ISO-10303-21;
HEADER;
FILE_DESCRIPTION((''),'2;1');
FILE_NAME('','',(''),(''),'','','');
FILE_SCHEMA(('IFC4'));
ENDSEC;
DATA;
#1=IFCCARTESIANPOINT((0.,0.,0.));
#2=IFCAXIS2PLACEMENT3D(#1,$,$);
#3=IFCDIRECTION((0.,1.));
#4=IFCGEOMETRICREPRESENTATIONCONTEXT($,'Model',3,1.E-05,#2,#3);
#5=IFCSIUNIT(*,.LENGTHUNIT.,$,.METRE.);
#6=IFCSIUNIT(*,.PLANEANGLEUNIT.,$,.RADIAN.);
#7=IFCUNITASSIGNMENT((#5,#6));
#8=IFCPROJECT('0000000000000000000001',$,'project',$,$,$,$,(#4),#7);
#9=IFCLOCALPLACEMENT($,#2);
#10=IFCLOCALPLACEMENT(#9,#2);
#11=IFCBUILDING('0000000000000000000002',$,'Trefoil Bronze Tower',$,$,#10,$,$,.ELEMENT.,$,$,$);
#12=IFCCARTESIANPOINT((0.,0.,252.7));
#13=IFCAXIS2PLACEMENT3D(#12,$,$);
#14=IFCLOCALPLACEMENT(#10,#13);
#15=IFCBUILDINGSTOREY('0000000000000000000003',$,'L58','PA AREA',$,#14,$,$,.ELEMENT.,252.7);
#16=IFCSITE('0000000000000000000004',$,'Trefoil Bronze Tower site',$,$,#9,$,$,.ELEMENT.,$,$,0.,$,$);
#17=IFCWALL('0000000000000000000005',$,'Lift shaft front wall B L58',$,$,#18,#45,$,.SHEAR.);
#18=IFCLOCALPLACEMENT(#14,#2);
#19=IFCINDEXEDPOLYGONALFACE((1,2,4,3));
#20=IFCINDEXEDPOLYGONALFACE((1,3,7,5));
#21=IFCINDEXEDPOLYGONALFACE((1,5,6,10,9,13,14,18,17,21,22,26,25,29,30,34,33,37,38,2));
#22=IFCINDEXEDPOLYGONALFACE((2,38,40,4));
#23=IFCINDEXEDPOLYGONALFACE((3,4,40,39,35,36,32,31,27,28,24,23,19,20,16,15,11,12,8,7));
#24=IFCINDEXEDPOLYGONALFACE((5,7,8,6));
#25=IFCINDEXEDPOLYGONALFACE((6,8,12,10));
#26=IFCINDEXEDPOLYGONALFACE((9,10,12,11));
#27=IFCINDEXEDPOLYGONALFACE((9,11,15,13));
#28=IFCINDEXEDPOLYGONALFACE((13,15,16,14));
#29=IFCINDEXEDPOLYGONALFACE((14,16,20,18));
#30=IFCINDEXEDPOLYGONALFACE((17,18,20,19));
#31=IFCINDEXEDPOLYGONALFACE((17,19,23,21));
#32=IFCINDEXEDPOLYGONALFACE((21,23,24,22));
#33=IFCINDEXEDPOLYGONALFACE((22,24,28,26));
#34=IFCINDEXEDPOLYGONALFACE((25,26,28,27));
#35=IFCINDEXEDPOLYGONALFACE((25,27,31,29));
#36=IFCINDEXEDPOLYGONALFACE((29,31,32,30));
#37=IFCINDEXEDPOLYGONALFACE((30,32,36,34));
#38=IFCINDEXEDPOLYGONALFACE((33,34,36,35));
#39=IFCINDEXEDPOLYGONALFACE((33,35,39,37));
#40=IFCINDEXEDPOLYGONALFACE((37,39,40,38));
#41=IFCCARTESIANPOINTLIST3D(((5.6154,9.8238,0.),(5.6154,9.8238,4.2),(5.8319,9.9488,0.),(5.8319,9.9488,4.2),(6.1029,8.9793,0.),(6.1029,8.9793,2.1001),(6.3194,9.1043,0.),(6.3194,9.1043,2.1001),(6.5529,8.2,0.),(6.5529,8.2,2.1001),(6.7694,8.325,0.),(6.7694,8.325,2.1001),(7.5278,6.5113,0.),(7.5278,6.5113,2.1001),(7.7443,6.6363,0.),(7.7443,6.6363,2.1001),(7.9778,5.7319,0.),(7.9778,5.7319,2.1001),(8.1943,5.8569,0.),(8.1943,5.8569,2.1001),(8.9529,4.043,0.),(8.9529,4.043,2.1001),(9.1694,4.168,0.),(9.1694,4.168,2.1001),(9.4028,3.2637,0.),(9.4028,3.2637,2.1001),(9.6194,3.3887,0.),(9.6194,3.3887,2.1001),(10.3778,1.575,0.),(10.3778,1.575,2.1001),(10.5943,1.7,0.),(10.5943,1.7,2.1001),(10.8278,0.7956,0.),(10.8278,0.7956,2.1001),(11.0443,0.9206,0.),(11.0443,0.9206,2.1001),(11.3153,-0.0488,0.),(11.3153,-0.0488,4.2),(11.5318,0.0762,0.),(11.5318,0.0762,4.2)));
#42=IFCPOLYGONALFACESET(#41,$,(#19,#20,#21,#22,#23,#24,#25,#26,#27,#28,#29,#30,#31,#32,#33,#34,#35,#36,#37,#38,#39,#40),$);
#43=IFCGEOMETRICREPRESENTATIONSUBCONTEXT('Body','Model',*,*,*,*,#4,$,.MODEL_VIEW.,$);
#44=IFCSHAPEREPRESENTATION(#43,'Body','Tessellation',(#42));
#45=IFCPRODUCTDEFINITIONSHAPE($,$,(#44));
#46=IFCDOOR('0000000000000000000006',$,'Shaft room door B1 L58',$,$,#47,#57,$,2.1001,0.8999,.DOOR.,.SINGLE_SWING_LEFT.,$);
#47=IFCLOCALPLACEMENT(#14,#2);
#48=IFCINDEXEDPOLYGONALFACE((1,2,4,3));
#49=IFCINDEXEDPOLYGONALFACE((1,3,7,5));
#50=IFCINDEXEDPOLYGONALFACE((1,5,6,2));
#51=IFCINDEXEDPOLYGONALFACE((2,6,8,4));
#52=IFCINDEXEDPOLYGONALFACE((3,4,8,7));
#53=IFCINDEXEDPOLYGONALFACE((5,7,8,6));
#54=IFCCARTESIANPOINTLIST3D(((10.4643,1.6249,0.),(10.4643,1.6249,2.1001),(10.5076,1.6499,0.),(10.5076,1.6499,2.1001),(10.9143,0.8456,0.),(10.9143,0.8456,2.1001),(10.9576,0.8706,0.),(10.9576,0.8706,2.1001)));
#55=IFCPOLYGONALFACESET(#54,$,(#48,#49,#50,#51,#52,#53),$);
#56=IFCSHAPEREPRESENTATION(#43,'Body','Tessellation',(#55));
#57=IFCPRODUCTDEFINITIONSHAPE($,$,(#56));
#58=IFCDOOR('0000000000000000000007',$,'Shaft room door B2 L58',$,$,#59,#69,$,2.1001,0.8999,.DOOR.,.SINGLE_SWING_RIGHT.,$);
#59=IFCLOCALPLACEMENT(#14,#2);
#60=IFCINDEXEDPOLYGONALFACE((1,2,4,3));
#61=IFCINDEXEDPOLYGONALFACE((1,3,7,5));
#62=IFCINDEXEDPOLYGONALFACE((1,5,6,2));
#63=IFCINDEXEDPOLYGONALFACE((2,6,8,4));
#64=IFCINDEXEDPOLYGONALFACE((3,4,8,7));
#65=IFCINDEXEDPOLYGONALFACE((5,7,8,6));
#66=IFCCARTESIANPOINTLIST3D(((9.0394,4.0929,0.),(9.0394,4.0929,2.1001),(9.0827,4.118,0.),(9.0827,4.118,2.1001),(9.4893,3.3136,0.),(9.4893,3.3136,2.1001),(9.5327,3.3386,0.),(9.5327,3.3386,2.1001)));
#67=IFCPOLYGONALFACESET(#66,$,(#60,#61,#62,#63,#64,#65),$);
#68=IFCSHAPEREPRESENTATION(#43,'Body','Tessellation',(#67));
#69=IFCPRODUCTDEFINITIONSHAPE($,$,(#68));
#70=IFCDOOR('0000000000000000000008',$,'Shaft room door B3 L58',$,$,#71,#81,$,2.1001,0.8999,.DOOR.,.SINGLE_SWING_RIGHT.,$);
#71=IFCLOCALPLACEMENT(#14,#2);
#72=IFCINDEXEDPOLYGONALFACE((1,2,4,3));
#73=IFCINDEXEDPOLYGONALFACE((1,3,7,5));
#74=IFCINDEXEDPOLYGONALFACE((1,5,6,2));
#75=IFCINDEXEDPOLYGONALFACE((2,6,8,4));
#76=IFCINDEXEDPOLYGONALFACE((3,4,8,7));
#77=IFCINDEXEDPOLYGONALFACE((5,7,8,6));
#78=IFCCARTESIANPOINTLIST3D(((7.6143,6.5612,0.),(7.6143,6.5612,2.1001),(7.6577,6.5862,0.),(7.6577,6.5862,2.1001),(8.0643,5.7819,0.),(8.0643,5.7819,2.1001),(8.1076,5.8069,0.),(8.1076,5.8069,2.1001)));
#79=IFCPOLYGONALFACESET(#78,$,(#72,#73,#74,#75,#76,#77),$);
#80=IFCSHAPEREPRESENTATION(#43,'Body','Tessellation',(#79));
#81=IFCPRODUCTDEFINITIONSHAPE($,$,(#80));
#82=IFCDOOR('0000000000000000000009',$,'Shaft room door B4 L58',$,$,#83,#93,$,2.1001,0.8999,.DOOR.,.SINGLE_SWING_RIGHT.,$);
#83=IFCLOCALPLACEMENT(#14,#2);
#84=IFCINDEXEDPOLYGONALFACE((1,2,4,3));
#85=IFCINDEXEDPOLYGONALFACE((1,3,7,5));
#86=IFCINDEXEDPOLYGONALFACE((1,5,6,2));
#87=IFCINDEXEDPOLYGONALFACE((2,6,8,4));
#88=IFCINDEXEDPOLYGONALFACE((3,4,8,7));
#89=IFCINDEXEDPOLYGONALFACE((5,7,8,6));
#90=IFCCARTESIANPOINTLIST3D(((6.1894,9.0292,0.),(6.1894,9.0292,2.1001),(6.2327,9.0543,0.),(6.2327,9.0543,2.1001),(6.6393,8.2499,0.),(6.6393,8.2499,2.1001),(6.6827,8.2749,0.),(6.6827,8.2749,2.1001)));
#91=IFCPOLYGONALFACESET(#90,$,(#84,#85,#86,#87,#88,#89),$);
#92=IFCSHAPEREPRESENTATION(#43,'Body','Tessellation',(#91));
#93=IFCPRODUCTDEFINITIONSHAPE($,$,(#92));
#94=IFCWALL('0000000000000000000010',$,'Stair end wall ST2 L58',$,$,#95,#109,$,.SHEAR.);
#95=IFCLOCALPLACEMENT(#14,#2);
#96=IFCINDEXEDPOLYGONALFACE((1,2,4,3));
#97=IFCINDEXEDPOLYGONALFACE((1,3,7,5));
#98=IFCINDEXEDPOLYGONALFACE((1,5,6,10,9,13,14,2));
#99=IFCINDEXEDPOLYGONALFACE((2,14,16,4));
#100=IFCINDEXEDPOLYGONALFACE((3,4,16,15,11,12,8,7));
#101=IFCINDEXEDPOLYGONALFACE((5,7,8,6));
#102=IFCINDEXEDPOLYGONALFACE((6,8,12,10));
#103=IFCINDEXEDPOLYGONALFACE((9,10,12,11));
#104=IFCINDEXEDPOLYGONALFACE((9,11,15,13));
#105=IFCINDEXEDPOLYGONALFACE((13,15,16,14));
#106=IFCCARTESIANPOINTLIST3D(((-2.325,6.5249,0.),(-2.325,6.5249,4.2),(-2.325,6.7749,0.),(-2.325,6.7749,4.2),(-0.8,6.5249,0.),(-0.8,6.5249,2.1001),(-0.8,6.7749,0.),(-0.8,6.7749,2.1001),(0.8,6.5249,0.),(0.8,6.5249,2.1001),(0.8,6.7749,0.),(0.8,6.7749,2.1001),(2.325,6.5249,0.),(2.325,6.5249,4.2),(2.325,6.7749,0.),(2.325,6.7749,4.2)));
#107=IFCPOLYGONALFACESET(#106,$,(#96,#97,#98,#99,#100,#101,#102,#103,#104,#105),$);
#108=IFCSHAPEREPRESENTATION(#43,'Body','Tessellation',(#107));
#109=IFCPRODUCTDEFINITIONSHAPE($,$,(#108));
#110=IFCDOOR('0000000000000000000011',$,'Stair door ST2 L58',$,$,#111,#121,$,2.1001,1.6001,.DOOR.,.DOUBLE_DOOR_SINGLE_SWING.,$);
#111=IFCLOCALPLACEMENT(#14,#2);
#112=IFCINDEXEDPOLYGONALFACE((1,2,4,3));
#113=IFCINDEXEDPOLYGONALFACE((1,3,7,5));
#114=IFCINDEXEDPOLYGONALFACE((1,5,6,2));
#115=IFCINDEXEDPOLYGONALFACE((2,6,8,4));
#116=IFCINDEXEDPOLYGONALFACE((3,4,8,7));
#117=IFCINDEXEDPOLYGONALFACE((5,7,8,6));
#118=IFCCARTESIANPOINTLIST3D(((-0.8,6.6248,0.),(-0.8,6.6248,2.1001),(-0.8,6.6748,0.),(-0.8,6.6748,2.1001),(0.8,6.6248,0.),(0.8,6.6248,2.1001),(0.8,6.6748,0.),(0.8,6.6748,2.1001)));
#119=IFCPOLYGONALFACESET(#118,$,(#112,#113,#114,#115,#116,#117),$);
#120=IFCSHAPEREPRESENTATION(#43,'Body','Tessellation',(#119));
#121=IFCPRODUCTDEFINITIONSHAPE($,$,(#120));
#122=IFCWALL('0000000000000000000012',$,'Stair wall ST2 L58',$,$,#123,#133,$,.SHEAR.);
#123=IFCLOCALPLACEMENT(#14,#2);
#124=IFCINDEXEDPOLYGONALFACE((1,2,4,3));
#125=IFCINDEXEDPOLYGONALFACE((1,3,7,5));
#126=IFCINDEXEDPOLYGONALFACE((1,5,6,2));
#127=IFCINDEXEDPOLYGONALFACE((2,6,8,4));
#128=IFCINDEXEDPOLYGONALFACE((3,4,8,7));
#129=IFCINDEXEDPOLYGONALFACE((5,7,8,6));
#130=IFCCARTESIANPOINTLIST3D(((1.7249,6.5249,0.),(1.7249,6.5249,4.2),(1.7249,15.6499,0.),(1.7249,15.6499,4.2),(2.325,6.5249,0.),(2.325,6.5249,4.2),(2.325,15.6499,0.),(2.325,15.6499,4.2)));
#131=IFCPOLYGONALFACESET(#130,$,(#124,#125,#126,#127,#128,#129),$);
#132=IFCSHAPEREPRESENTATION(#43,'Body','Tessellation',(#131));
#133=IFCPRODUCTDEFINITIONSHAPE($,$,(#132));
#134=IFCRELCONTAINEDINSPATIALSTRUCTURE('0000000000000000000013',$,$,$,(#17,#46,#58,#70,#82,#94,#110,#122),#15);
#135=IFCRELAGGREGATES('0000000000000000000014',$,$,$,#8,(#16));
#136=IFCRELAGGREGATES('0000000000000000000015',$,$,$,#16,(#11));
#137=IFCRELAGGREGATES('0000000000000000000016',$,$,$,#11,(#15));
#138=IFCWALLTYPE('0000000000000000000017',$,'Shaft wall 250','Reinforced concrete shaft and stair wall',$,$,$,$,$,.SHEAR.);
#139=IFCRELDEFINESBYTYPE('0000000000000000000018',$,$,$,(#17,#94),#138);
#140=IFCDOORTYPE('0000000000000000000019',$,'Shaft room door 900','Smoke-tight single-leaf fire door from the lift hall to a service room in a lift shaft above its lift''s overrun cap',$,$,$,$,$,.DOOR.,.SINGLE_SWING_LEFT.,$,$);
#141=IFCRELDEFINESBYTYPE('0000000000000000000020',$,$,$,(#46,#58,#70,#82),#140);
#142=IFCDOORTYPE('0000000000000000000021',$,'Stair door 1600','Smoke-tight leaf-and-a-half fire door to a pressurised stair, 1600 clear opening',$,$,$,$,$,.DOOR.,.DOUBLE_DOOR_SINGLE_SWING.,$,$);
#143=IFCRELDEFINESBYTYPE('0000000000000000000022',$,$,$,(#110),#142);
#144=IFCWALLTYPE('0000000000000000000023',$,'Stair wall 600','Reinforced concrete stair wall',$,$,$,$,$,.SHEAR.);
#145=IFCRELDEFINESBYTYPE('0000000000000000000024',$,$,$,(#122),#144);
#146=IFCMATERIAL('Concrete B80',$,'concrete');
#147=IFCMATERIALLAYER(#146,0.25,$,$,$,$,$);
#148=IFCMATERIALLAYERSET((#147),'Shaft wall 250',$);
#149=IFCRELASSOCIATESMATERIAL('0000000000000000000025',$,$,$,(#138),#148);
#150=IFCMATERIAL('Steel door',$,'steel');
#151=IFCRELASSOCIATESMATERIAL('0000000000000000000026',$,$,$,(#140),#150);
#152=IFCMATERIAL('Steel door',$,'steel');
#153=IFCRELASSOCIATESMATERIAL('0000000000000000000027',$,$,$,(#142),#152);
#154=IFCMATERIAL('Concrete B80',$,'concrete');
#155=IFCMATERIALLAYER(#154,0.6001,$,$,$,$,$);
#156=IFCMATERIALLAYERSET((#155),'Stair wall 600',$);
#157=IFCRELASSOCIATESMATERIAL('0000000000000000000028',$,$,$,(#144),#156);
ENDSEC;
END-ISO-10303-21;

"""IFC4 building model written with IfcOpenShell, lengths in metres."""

from ifc_helpers import new_model, si_unit, direction, frame, frame_2d, origin, place, context, subcontext, project, spatial, rectangle, extrude, material, layer, layer_set, type_object, element, fill, save


model = new_model("IFC4")

# Units and contexts
model_context = context("Model", 3, precision=1e-05, world=origin(), true_north=direction((0.0, 1.0)))
body_context = subcontext(model_context, "Body", "Model", "MODEL_VIEW")
ifc_project = project(units=[si_unit("LENGTHUNIT", "METRE"), si_unit("PLANEANGLEUNIT", "RADIAN")], contexts=[model_context])

# Site, building, storey
site_placement = place(None, origin())
site = spatial("IfcSite", under=ifc_project, at=site_placement, Name="Trefoil Bronze Tower site", CompositionType="ELEMENT", RefElevation=0.0)
building_placement = place(site_placement, origin())
building = spatial("IfcBuilding", under=site, at=building_placement, Name="Trefoil Bronze Tower", CompositionType="ELEMENT")
storey_placement = place(building_placement, frame((0.0, 0.0, 252.7)))
storey = spatial("IfcBuildingStorey", under=building, at=storey_placement, Name="L58", Description="PA AREA", CompositionType="ELEMENT", Elevation=252.7)

# Wall, openings, doors
ifc_material_1 = material(Name="Concrete B80", Category="concrete")
ifc_layer_1 = layer(ifc_material_1, 0.25)
ifc_layer_set_1 = layer_set([ifc_layer_1], Name="Shaft wall 250")
wall_type_1 = type_object("IfcWallType", Name="Shaft wall 250", Description="Reinforced concrete shaft and stair wall", PredefinedType="SHEAR", material=ifc_layer_set_1)
wall_1_placement = place(storey_placement, frame((11.4236, 0.0137, 0.0), z_axis=(0.0, 0.0, 1.0), x_axis=(-0.500002, 0.866024, 0.0)))
wall_1 = element("IfcWall", 1, at=wall_1_placement, inside=storey, type_object=wall_type_1, Name="Lift shaft front wall B L58", PredefinedType="SHEAR", context=body_context, shape_type="SweptSolid", body=[
    extrude(rectangle(XDim=11.3999, YDim=0.25, at=frame_2d((5.7, 0.0))), origin(), (0.0, 0.0, 1.0), 4.2),
])
opening_1_placement = place(wall_1_placement, frame((0.9751, 0.0, 0.0)))
opening_1 = element("IfcOpeningElement", 2, at=opening_1_placement, cuts=wall_1, PredefinedType="OPENING", context=body_context, shape_type="SweptSolid", body=[
    extrude(rectangle(XDim=0.8999, YDim=2.1001, at=frame_2d((0.45, 1.05))), frame((0.0, 0.135, 0.0), z_axis=(0.0, -1.0, 0.0), x_axis=(1.0, 0.0, 0.0)), (0.0, 0.0, 1.0), 0.27),
])
opening_2_placement = place(wall_1_placement, frame((3.825, 0.0, 0.0)))
opening_2 = element("IfcOpeningElement", 3, at=opening_2_placement, cuts=wall_1, PredefinedType="OPENING", context=body_context, shape_type="SweptSolid", body=[
    extrude(rectangle(XDim=0.8999, YDim=2.1001, at=frame_2d((0.45, 1.05))), frame((0.0, 0.135, 0.0), z_axis=(0.0, -1.0, 0.0), x_axis=(1.0, 0.0, 0.0)), (0.0, 0.0, 1.0), 0.27),
])
opening_3_placement = place(wall_1_placement, frame((6.675, 0.0, 0.0)))
opening_3 = element("IfcOpeningElement", 4, at=opening_3_placement, cuts=wall_1, PredefinedType="OPENING", context=body_context, shape_type="SweptSolid", body=[
    extrude(rectangle(XDim=0.8999, YDim=2.1001, at=frame_2d((0.45, 1.05))), frame((0.0, 0.135, 0.0), z_axis=(0.0, -1.0, 0.0), x_axis=(1.0, 0.0, 0.0)), (0.0, 0.0, 1.0), 0.27),
])
opening_4_placement = place(wall_1_placement, frame((9.5249, 0.0, 0.0)))
opening_4 = element("IfcOpeningElement", 5, at=opening_4_placement, cuts=wall_1, PredefinedType="OPENING", context=body_context, shape_type="SweptSolid", body=[
    extrude(rectangle(XDim=0.8999, YDim=2.1001, at=frame_2d((0.45, 1.05))), frame((0.0, 0.135, 0.0), z_axis=(0.0, -1.0, 0.0), x_axis=(1.0, 0.0, 0.0)), (0.0, 0.0, 1.0), 0.27),
])
ifc_material_2 = material(Name="Steel door", Category="steel")
door_type_1 = type_object("IfcDoorType", Name="Shaft room door 900", Description="Smoke-tight single-leaf fire door from the lift hall to a service room in a lift shaft above its lift's overrun cap", OperationType="SINGLE_SWING_LEFT", PredefinedType="DOOR", material=ifc_material_2)
door_1_placement = place(opening_1_placement, frame((0.8999, 0.0, 0.0), z_axis=(0.0, 0.0, 1.0), x_axis=(-1.0, 0.0, 0.0)))
door_1 = element("IfcDoor", 6, at=door_1_placement, inside=storey, type_object=door_type_1, Name="Shaft room door B1 L58", OperationType="SINGLE_SWING_LEFT", OverallHeight=2.1001, OverallWidth=0.8999, PredefinedType="DOOR", context=body_context, shape_type="SweptSolid", body=[
    extrude(rectangle(XDim=0.8999, YDim=2.1001, at=frame_2d((0.45, 1.05))), frame((0.0, 0.0249, 0.0), z_axis=(0.0, -1.0, 0.0), x_axis=(1.0, 0.0, 0.0)), (0.0, 0.0, 1.0), 0.05),
])
fill(opening_1, door_1)
door_2_placement = place(opening_2_placement, frame((0.8999, 0.0, 0.0), z_axis=(0.0, 0.0, 1.0), x_axis=(-1.0, 0.0, 0.0)))
door_2 = element("IfcDoor", 7, at=door_2_placement, inside=storey, type_object=door_type_1, Name="Shaft room door B2 L58", OperationType="SINGLE_SWING_RIGHT", OverallHeight=2.1001, OverallWidth=0.8999, PredefinedType="DOOR", context=body_context, shape_type="SweptSolid", body=[
    extrude(rectangle(XDim=0.8999, YDim=2.1001, at=frame_2d((0.45, 1.05))), frame((0.0, 0.0249, 0.0), z_axis=(0.0, -1.0, 0.0), x_axis=(1.0, 0.0, 0.0)), (0.0, 0.0, 1.0), 0.05),
])
fill(opening_2, door_2)
door_3_placement = place(opening_3_placement, frame((0.8999, 0.0, 0.0), z_axis=(0.0, 0.0, 1.0), x_axis=(-1.0, 0.0, 0.0)))
door_3 = element("IfcDoor", 8, at=door_3_placement, inside=storey, type_object=door_type_1, Name="Shaft room door B3 L58", OperationType="SINGLE_SWING_RIGHT", OverallHeight=2.1001, OverallWidth=0.8999, PredefinedType="DOOR", context=body_context, shape_type="SweptSolid", body=[
    extrude(rectangle(XDim=0.8999, YDim=2.1001, at=frame_2d((0.45, 1.05))), frame((0.0, 0.0249, 0.0), z_axis=(0.0, -1.0, 0.0), x_axis=(1.0, 0.0, 0.0)), (0.0, 0.0, 1.0), 0.05),
])
fill(opening_3, door_3)
door_4_placement = place(opening_4_placement, frame((0.8999, 0.0, 0.0), z_axis=(0.0, 0.0, 1.0), x_axis=(-1.0, 0.0, 0.0)))
door_4 = element("IfcDoor", 9, at=door_4_placement, inside=storey, type_object=door_type_1, Name="Shaft room door B4 L58", OperationType="SINGLE_SWING_RIGHT", OverallHeight=2.1001, OverallWidth=0.8999, PredefinedType="DOOR", context=body_context, shape_type="SweptSolid", body=[
    extrude(rectangle(XDim=0.8999, YDim=2.1001, at=frame_2d((0.45, 1.05))), frame((0.0, 0.0249, 0.0), z_axis=(0.0, -1.0, 0.0), x_axis=(1.0, 0.0, 0.0)), (0.0, 0.0, 1.0), 0.05),
])
fill(opening_4, door_4)

# Wall, opening, door
wall_2_placement = place(storey_placement, frame((2.325, 6.6499, 0.0), z_axis=(0.0, 0.0, 1.0), x_axis=(-1.0, 0.0, 0.0)))
wall_2 = element("IfcWall", 10, at=wall_2_placement, inside=storey, type_object=wall_type_1, Name="Stair end wall ST2 L58", PredefinedType="SHEAR", context=body_context, shape_type="SweptSolid", body=[
    extrude(rectangle(XDim=4.6499, YDim=0.25, at=frame_2d((2.325, 0.0))), origin(), (0.0, 0.0, 1.0), 4.2),
])
opening_5_placement = place(wall_2_placement, frame((1.5249, 0.0, 0.0)))
opening_5 = element("IfcOpeningElement", 11, at=opening_5_placement, cuts=wall_2, PredefinedType="OPENING", context=body_context, shape_type="SweptSolid", body=[
    extrude(rectangle(XDim=1.6001, YDim=2.1001, at=frame_2d((0.8, 1.05))), frame((0.0, 0.135, 0.0), z_axis=(0.0, -1.0, 0.0), x_axis=(1.0, 0.0, 0.0)), (0.0, 0.0, 1.0), 0.27),
])
ifc_material_3 = material(Name="Steel door", Category="steel")
door_type_2 = type_object("IfcDoorType", Name="Stair door 1600", Description="Smoke-tight leaf-and-a-half fire door to a pressurised stair, 1600 clear opening", OperationType="DOUBLE_DOOR_SINGLE_SWING", PredefinedType="DOOR", material=ifc_material_3)
door_5_placement = place(opening_5_placement, frame((1.6001, 0.0, 0.0), z_axis=(0.0, 0.0, 1.0), x_axis=(-1.0, 0.0, 0.0)))
door_5 = element("IfcDoor", 12, at=door_5_placement, inside=storey, type_object=door_type_2, Name="Stair door ST2 L58", OperationType="DOUBLE_DOOR_SINGLE_SWING", OverallHeight=2.1001, OverallWidth=1.6001, PredefinedType="DOOR", context=body_context, shape_type="SweptSolid", body=[
    extrude(rectangle(XDim=1.6001, YDim=2.1001, at=frame_2d((0.8, 1.05))), frame((0.0, 0.0249, 0.0), z_axis=(0.0, -1.0, 0.0), x_axis=(1.0, 0.0, 0.0)), (0.0, 0.0, 1.0), 0.05),
])
fill(opening_5, door_5)

# Wall
ifc_material_4 = material(Name="Concrete B80", Category="concrete")
ifc_layer_2 = layer(ifc_material_4, 0.6001)
ifc_layer_set_2 = layer_set([ifc_layer_2], Name="Stair wall 600")
wall_type_2 = type_object("IfcWallType", Name="Stair wall 600", Description="Reinforced concrete stair wall", PredefinedType="SHEAR", material=ifc_layer_set_2)
wall_3_placement = place(storey_placement, frame((2.0249, 6.5249, 0.0), z_axis=(0.0, 0.0, 1.0), x_axis=(0.0, 1.0, 0.0)))
element("IfcWall", 13, at=wall_3_placement, inside=storey, type_object=wall_type_2, Name="Stair wall ST2 L58", PredefinedType="SHEAR", context=body_context, shape_type="SweptSolid", body=[
    extrude(rectangle(XDim=9.125, YDim=0.6001, at=frame_2d((4.5625, 0.0))), origin(), (0.0, 0.0, 1.0), 4.2),
])

save(model, "model.ifc")
